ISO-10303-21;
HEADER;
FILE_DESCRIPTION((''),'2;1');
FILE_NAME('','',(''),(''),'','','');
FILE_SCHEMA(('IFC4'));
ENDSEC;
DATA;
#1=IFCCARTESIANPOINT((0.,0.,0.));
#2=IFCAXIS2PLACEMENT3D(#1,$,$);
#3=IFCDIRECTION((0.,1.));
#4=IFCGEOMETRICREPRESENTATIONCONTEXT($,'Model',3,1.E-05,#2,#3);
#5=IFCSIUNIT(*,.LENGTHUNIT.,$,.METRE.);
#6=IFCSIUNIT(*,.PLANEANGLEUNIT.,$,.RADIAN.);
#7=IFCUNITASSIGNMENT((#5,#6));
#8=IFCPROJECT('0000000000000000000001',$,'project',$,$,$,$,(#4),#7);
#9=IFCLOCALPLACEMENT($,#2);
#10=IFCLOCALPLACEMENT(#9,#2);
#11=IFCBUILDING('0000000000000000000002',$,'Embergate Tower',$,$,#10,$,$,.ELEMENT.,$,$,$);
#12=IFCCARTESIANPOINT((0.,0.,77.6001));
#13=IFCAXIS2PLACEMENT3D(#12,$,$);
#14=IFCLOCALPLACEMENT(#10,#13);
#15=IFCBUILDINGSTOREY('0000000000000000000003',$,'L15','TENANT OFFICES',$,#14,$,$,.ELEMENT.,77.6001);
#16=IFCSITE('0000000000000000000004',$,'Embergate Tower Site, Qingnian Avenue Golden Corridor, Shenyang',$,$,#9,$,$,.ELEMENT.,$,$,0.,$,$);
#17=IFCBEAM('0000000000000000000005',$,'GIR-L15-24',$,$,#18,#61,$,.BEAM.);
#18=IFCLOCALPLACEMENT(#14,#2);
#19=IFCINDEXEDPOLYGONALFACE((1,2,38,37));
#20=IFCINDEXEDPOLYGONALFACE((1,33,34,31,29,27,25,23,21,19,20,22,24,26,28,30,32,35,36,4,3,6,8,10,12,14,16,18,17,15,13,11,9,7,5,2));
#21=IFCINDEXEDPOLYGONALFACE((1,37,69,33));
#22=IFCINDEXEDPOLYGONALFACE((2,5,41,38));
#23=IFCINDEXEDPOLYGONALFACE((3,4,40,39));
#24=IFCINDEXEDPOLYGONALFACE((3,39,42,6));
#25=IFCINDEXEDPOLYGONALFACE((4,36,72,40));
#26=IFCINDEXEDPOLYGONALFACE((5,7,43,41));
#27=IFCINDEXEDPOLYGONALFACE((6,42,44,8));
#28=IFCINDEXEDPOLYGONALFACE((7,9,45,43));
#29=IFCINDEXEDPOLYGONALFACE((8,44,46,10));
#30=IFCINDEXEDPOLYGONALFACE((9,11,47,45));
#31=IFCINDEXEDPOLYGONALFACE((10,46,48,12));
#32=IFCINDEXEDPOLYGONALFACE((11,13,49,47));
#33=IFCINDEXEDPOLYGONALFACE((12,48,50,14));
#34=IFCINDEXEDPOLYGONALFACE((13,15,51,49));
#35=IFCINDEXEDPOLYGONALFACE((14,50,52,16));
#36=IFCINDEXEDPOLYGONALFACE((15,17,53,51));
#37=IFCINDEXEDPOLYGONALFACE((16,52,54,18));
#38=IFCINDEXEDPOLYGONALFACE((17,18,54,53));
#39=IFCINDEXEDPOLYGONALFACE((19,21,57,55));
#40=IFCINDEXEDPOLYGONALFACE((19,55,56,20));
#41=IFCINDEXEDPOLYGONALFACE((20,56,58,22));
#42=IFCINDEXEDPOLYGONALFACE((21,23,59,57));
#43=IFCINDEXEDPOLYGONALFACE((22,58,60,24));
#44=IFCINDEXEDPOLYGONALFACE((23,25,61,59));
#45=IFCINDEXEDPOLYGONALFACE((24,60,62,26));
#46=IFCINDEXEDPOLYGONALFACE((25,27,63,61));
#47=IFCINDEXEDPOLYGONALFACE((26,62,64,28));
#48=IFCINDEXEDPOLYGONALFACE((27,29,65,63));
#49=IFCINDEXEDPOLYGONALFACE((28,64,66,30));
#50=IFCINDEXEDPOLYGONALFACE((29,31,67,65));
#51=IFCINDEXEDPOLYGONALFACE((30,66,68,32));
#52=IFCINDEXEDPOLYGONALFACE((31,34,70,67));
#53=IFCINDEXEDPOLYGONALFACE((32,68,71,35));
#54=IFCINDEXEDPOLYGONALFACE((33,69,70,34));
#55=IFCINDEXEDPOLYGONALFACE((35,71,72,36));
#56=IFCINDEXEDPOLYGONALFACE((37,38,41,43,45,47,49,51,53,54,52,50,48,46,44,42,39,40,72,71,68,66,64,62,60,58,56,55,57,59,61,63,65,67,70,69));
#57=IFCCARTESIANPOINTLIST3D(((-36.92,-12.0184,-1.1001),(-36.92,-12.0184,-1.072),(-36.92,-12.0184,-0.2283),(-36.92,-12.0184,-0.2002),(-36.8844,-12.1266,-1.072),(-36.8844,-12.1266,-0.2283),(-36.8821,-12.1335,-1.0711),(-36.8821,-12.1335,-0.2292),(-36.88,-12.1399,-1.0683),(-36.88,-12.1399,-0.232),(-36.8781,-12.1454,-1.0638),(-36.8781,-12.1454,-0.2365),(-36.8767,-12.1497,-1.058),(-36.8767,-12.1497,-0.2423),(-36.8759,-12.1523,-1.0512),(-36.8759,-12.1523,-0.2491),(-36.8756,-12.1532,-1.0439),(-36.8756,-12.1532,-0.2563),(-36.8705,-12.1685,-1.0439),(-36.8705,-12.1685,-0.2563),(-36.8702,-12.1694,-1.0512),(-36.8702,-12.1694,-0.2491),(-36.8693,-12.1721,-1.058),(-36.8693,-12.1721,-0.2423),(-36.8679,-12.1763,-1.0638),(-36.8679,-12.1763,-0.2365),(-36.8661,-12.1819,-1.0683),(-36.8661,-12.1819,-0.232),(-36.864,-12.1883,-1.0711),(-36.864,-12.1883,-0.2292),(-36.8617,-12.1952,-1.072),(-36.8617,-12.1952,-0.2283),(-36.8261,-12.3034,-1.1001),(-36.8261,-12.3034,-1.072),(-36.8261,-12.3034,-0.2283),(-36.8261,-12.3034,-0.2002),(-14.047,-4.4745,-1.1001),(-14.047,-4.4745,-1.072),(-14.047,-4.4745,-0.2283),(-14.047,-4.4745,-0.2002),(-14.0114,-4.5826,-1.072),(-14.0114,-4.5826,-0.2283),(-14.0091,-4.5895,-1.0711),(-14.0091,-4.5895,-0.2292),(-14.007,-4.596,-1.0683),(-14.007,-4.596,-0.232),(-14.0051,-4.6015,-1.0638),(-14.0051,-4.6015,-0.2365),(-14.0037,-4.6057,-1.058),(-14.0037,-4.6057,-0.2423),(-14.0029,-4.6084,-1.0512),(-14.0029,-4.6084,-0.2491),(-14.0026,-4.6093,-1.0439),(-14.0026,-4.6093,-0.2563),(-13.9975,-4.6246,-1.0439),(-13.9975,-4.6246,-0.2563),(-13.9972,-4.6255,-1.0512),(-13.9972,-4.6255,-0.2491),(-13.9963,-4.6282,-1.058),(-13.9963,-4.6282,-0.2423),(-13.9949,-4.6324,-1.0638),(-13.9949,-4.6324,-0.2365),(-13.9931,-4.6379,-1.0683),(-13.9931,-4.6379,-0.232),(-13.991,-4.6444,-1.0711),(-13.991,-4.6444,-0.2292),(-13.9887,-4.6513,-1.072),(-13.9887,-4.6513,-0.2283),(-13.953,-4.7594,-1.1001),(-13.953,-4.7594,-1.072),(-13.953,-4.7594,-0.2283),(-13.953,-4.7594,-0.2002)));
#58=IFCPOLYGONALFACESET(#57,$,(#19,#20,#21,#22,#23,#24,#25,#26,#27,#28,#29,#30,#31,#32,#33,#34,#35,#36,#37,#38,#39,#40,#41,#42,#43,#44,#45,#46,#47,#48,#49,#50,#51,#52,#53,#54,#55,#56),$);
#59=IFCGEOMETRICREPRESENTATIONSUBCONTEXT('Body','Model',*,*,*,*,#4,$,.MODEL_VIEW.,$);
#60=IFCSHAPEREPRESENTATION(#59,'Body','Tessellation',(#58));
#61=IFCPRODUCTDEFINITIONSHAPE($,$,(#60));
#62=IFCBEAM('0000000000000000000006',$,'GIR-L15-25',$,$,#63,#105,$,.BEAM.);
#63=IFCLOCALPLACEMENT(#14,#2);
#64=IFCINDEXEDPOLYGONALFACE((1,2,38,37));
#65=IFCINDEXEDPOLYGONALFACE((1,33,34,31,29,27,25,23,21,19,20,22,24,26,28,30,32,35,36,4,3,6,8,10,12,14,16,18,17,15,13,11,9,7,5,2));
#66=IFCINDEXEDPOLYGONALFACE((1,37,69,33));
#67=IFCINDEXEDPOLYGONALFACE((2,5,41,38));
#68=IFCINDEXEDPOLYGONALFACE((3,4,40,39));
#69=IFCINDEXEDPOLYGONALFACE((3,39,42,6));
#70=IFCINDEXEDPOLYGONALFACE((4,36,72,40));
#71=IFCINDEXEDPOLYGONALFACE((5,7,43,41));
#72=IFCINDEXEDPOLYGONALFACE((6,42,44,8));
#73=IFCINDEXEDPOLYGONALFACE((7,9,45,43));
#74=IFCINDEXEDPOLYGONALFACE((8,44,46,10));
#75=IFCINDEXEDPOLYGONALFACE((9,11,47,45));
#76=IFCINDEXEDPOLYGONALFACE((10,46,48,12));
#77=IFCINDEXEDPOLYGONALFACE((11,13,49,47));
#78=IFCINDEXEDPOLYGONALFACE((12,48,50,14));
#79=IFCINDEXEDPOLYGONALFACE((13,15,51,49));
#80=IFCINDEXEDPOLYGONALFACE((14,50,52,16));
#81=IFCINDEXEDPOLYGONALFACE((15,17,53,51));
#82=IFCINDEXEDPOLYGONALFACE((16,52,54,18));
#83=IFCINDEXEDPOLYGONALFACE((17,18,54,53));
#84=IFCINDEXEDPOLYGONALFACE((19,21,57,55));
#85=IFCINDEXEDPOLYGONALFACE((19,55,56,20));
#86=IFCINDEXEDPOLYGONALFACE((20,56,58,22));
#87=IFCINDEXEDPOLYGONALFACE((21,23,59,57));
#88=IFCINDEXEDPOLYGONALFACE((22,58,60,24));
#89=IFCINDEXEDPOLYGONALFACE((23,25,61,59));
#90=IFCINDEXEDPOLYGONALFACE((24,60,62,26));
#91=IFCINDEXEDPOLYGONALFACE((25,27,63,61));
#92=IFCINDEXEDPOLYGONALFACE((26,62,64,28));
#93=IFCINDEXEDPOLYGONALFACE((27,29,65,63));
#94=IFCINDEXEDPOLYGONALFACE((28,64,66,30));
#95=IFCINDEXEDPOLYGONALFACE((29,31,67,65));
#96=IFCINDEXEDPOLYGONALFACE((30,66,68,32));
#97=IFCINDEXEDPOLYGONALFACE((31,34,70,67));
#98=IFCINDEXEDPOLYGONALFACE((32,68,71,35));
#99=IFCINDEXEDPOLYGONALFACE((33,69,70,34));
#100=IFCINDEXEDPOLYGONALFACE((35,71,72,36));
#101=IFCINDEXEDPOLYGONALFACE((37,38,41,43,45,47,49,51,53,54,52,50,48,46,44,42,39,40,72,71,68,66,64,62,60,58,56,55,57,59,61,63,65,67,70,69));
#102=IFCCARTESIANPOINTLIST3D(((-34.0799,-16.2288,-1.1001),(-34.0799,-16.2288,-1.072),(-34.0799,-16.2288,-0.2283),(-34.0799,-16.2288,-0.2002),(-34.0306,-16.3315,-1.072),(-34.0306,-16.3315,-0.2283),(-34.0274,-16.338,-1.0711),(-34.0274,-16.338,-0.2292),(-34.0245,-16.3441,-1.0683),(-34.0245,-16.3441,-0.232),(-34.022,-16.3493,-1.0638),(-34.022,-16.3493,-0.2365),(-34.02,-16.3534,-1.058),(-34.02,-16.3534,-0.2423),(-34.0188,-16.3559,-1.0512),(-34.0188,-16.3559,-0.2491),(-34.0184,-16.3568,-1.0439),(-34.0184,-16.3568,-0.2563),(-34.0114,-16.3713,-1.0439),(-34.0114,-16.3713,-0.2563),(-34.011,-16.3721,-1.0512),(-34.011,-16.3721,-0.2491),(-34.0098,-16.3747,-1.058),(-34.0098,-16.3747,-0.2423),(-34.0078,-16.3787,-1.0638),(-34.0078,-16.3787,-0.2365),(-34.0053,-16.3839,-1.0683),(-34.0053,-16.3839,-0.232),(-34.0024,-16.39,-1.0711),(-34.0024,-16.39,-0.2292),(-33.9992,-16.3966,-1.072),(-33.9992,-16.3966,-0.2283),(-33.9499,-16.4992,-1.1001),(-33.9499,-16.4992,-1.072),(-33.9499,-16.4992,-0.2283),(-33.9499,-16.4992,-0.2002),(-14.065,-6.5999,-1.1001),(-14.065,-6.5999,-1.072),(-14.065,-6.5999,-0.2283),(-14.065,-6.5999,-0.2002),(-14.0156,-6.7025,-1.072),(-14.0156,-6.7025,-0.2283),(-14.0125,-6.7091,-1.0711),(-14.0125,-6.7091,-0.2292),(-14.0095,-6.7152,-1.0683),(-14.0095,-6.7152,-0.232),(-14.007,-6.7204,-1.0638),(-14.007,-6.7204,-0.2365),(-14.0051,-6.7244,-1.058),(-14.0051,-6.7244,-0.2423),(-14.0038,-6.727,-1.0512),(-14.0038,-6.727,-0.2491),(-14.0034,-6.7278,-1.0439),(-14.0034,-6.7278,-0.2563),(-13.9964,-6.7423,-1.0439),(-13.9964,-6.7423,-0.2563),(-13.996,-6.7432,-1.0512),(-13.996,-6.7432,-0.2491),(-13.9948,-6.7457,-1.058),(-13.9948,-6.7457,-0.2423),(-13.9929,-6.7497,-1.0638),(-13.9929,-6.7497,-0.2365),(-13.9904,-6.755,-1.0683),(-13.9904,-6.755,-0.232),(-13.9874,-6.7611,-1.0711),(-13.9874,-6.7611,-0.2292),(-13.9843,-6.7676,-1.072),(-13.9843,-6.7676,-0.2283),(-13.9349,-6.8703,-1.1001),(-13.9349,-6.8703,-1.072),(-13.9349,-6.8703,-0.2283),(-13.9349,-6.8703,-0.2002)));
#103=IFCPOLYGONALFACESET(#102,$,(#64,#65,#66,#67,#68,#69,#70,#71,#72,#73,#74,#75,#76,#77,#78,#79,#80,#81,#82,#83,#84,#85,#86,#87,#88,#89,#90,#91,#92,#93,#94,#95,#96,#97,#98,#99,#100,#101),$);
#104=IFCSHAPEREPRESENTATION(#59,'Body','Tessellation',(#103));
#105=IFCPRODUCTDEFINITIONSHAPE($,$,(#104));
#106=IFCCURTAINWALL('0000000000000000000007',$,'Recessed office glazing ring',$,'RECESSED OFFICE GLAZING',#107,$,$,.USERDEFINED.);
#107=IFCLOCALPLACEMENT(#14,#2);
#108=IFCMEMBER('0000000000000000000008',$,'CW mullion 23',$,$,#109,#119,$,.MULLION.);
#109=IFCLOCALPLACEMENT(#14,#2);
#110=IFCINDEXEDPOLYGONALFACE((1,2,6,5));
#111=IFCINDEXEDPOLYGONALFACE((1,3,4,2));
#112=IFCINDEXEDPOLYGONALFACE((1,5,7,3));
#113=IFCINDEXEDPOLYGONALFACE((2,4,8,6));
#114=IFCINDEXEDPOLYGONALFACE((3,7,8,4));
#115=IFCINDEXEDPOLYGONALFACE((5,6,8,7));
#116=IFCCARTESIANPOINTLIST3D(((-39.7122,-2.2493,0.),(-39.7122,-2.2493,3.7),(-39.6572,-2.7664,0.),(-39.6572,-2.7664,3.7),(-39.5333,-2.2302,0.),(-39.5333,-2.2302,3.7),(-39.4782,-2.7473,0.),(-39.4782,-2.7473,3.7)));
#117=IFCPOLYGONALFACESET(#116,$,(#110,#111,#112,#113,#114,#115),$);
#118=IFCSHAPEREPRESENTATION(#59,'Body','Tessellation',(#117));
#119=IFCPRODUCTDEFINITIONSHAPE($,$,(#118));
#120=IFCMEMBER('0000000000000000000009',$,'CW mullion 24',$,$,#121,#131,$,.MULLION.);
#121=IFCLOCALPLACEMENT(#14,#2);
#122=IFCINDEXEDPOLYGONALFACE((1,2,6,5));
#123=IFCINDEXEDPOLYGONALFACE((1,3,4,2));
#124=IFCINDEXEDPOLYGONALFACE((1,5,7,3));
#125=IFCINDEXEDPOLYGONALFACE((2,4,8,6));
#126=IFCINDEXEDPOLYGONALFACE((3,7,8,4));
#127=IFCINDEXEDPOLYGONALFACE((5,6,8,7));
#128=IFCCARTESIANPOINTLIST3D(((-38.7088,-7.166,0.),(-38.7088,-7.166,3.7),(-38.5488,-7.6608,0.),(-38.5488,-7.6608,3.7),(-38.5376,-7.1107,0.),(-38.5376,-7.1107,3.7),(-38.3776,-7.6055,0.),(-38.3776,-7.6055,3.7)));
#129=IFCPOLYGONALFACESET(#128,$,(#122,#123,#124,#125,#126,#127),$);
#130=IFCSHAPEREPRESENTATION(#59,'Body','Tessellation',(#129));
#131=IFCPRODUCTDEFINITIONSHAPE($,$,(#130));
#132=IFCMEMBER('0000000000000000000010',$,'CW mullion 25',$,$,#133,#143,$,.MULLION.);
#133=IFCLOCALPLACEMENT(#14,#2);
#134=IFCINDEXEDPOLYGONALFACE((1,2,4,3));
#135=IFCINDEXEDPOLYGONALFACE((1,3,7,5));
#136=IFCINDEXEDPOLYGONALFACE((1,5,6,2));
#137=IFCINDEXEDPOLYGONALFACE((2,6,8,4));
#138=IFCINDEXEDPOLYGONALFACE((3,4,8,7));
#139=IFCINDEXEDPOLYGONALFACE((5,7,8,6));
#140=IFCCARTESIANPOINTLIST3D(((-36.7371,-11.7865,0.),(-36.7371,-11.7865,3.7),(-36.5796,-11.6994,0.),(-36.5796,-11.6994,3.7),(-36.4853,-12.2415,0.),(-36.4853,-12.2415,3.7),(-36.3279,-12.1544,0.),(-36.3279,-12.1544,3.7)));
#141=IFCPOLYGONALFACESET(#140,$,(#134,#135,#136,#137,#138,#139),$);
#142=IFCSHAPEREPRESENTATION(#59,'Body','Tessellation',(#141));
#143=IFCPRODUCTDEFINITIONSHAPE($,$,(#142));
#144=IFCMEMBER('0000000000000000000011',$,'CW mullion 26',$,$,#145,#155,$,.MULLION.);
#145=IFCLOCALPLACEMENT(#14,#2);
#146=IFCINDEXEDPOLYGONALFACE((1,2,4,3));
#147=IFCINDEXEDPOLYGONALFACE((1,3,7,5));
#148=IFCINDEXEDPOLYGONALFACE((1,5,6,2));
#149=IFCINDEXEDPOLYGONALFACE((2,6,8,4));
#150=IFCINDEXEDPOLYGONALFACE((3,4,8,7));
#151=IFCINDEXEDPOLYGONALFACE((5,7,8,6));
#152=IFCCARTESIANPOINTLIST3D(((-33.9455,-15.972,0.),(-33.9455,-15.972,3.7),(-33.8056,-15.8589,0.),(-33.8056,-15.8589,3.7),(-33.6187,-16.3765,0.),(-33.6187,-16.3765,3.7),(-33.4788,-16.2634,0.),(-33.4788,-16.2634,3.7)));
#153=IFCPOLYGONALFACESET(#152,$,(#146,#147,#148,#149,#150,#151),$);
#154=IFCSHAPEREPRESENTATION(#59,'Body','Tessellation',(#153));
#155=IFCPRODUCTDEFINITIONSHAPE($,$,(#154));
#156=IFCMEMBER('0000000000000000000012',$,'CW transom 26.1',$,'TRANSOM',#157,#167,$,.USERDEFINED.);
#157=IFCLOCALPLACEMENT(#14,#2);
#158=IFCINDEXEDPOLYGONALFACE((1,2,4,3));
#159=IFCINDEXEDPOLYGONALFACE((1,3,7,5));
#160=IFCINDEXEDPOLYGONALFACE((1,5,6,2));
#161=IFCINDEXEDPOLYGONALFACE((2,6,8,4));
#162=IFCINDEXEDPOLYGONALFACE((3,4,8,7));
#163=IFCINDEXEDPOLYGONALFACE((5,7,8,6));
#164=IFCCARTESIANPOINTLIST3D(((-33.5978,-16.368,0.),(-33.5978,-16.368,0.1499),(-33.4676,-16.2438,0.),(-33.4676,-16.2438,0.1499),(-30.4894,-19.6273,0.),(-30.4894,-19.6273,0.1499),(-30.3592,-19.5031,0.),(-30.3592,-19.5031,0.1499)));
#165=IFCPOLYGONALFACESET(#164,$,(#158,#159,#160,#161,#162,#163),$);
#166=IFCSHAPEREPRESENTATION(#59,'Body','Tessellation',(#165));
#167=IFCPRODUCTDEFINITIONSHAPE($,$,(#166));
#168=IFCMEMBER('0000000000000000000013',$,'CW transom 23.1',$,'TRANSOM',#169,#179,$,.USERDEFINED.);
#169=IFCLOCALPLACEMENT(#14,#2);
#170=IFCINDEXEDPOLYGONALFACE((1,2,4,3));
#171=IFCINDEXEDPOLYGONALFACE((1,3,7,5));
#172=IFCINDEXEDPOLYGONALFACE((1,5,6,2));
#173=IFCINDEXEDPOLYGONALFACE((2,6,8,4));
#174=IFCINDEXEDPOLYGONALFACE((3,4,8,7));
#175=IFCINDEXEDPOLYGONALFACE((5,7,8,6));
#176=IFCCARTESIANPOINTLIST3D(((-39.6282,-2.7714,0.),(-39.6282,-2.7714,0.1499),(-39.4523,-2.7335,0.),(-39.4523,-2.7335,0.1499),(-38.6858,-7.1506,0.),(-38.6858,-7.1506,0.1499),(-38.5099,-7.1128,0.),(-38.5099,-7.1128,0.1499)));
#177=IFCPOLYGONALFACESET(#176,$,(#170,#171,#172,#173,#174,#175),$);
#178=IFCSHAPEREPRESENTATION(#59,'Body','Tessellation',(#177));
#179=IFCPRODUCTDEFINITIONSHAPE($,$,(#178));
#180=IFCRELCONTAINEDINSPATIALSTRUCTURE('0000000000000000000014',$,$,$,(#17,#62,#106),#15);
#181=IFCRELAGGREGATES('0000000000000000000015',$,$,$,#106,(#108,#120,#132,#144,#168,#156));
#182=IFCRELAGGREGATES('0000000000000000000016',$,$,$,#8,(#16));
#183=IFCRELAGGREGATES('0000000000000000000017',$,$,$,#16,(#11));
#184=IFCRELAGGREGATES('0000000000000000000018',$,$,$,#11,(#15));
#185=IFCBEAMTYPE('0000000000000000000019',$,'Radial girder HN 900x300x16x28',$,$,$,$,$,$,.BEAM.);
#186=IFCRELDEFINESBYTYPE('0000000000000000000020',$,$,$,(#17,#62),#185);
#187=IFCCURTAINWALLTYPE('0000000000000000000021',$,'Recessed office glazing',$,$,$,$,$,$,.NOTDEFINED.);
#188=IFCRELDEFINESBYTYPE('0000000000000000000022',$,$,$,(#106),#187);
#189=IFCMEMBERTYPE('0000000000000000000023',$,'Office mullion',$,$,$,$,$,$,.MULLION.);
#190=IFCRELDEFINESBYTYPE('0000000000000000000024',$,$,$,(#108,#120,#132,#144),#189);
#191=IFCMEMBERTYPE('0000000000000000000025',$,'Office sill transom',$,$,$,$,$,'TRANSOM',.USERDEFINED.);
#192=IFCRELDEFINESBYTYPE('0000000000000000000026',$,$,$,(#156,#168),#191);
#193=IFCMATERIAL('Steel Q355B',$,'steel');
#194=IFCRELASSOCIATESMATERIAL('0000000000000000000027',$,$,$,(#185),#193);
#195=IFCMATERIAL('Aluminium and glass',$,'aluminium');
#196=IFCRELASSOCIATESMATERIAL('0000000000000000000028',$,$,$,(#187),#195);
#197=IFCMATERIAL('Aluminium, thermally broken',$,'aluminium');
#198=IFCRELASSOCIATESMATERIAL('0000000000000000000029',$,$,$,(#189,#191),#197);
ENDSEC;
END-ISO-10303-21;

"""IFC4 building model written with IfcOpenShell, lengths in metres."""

from ifc_helpers import new_model, si_unit, direction, frame, origin, origin_2d, place, context, subcontext, project, spatial, rectangle, i_section, extrude, source, transform, mapped, material, material_profile, profile_set, type_object, element, aggregate, save


model = new_model("IFC4")

# Units and contexts
model_context = context("Model", 3, precision=1e-05, world=origin(), true_north=direction((0.0, 1.0)))
body_context = subcontext(model_context, "Body", "Model", "MODEL_VIEW")
ifc_project = project(units=[si_unit("LENGTHUNIT", "METRE"), si_unit("PLANEANGLEUNIT", "RADIAN")], contexts=[model_context])

# Site, building, storey
site_placement = place(None, origin())
site = spatial("IfcSite", under=ifc_project, at=site_placement, Name="Embergate Tower Site, Qingnian Avenue Golden Corridor, Shenyang", CompositionType="ELEMENT", RefElevation=0.0)
building_placement = place(site_placement, origin())
building = spatial("IfcBuilding", under=site, at=building_placement, Name="Embergate Tower", CompositionType="ELEMENT")
storey_placement = place(building_placement, frame((0.0, 0.0, 77.6001)))
storey = spatial("IfcBuildingStorey", under=building, at=storey_placement, Name="L15", Description="TENANT OFFICES", CompositionType="ELEMENT", Elevation=77.6001)

# Beams
ifc_material_1 = material(Name="Steel Q355B", Category="steel")
ifc_material_profile_1 = material_profile(ifc_material_1, i_section(OverallWidth=0.3, OverallDepth=0.8999, WebThickness=0.0161, FlangeThickness=0.0281, FilletRadius=0.0281, at=origin_2d()), Name="HN 900x300x16x28")
ifc_profile_set_1 = profile_set([ifc_material_profile_1], Name="Steel Q355 grade B")
beam_type_1 = type_object("IfcBeamType", Name="Radial girder HN 900x300x16x28", PredefinedType="BEAM", material=ifc_profile_set_1)
shared_shape_1 = source(origin(), body_context, "Body", "SweptSolid", [
    extrude(i_section(OverallWidth=0.3, OverallDepth=0.8999, WebThickness=0.0161, FlangeThickness=0.0281, FilletRadius=0.0281, at=origin_2d()), origin(), (0.0, 0.0, 1.0), 24.085),
])
beam_1_placement = place(storey_placement, frame((-36.873, -12.1609, -0.6501), z_axis=(0.94968, 0.313222, 0.0), x_axis=(-0.313222, 0.94968, 0.0)))
element("IfcBeam", 1, at=beam_1_placement, inside=storey, type_object=beam_type_1, Name="GIR-L15-24", PredefinedType="BEAM", context=body_context, shape_type="MappedRepresentation", body=[
    mapped(shared_shape_1, transform((0.0, 0.0, 0.0))),
])
shared_shape_2 = source(origin(), body_context, "Body", "SweptSolid", [
    extrude(i_section(OverallWidth=0.3, OverallDepth=0.8999, WebThickness=0.0161, FlangeThickness=0.0281, FilletRadius=0.0281, at=origin_2d()), origin(), (0.0, 0.0, 1.0), 22.2107),
])
beam_2_placement = place(storey_placement, frame((-34.0149, -16.364, -0.6501), z_axis=(0.901141, 0.433527, 0.0), x_axis=(-0.433527, 0.901141, 0.0)))
element("IfcBeam", 2, at=beam_2_placement, inside=storey, type_object=beam_type_1, Name="GIR-L15-25", PredefinedType="BEAM", context=body_context, shape_type="MappedRepresentation", body=[
    mapped(shared_shape_2, transform((0.0, 0.0, 0.0))),
])

# Curtain wall, members
ifc_material_2 = material(Name="Aluminium and glass", Category="aluminium")
curtain_wall_type = type_object("IfcCurtainWallType", Name="Recessed office glazing", PredefinedType="NOTDEFINED", material=ifc_material_2)
curtain_wall_placement = place(storey_placement, origin())
curtain_wall = element("IfcCurtainWall", 3, at=curtain_wall_placement, inside=storey, type_object=curtain_wall_type, Name="Recessed office glazing ring", ObjectType="RECESSED OFFICE GLAZING", PredefinedType="USERDEFINED")
ifc_material_3 = material(Name="Aluminium, thermally broken", Category="aluminium")
ifc_material_profile_2 = material_profile(ifc_material_3, rectangle(XDim=0.1799, YDim=0.52, at=origin_2d()), Name="AL 520x180")
ifc_profile_set_2 = profile_set([ifc_material_profile_2], Name="Aluminium, thermally broken")
member_type_1 = type_object("IfcMemberType", Name="Office mullion", PredefinedType="MULLION", material=ifc_profile_set_2)
shared_shape_3 = source(origin(), body_context, "Body", "SweptSolid", [
    extrude(rectangle(XDim=0.1799, YDim=0.52, at=origin_2d()), origin(), (0.0, 0.0, 1.0), 3.7),
])
member_1_placement = place(storey_placement, frame((-39.5952, -2.4983, 0.0), z_axis=(0.0, 0.0, 1.0), x_axis=(0.994385, 0.10582, 0.0)))
member_1 = element("IfcMember", 4, at=member_1_placement, type_object=member_type_1, Name="CW mullion 23", PredefinedType="MULLION", context=body_context, shape_type="MappedRepresentation", body=[
    mapped(shared_shape_3, transform((0.0, 0.0, 0.0))),
])
member_2_placement = place(storey_placement, frame((-38.5432, -7.3857, 0.0), z_axis=(0.0, 0.0, 1.0), x_axis=(0.951501, 0.307646, 0.0)))
member_2 = element("IfcMember", 5, at=member_2_placement, type_object=member_type_1, Name="CW mullion 24", PredefinedType="MULLION", context=body_context, shape_type="MappedRepresentation", body=[
    mapped(shared_shape_3, transform((0.0, 0.0, 0.0))),
])
member_3_placement = place(storey_placement, frame((-36.5325, -11.9705, 0.0), z_axis=(0.0, 0.0, 1.0), x_axis=(0.875008, 0.484109, 0.0)))
member_3 = element("IfcMember", 6, at=member_3_placement, type_object=member_type_1, Name="CW mullion 25", PredefinedType="MULLION", context=body_context, shape_type="MappedRepresentation", body=[
    mapped(shared_shape_3, transform((0.0, 0.0, 0.0))),
])
member_4_placement = place(storey_placement, frame((-33.7122, -16.1177, 0.0), z_axis=(0.0, 0.0, 1.0), x_axis=(0.77788, 0.628413, 0.0)))
member_4 = element("IfcMember", 7, at=member_4_placement, type_object=member_type_1, Name="CW mullion 26", PredefinedType="MULLION", context=body_context, shape_type="MappedRepresentation", body=[
    mapped(shared_shape_3, transform((0.0, 0.0, 0.0))),
])
ifc_material_profile_3 = material_profile(ifc_material_3, rectangle(XDim=0.1799, YDim=0.1499, at=origin_2d()), Name="AL 150x180")
ifc_profile_set_3 = profile_set([ifc_material_profile_3], Name="Aluminium, thermally broken")
member_type_2 = type_object("IfcMemberType", Name="Office sill transom", ElementType="TRANSOM", PredefinedType="USERDEFINED", material=ifc_profile_set_3)
shared_shape_4 = source(origin(), body_context, "Body", "SweptSolid", [
    extrude(rectangle(XDim=0.1799, YDim=0.1499, at=origin_2d()), origin(), (0.0, 0.0, 1.0), 4.5039),
])
member_5_placement = place(storey_placement, frame((-33.5327, -16.3059, 0.075), z_axis=(0.690159, -0.723658, 0.0), x_axis=(0.723658, 0.690159, 0.0)))
member_5 = element("IfcMember", 8, at=member_5_placement, type_object=member_type_2, Name="CW transom 26.1", ObjectType="TRANSOM", PredefinedType="USERDEFINED", context=body_context, shape_type="MappedRepresentation", body=[
    mapped(shared_shape_4, transform((0.0, 0.0, 0.0))),
])
shared_shape_5 = source(origin(), body_context, "Body", "SweptSolid", [
    extrude(rectangle(XDim=0.1799, YDim=0.1499, at=origin_2d()), origin(), (0.0, 0.0, 1.0), 4.4795),
])
member_6_placement = place(storey_placement, frame((-39.5403, -2.7524, 0.075), z_axis=(0.210381, -0.977619, 0.0), x_axis=(0.977619, 0.210381, 0.0)))
member_6 = element("IfcMember", 9, at=member_6_placement, type_object=member_type_2, Name="CW transom 23.1", ObjectType="TRANSOM", PredefinedType="USERDEFINED", context=body_context, shape_type="MappedRepresentation", body=[
    mapped(shared_shape_5, transform((0.0, 0.0, 0.0))),
])
aggregate(curtain_wall, [member_1, member_2, member_3, member_4, member_6, member_5])

save(model, "model.ifc")
